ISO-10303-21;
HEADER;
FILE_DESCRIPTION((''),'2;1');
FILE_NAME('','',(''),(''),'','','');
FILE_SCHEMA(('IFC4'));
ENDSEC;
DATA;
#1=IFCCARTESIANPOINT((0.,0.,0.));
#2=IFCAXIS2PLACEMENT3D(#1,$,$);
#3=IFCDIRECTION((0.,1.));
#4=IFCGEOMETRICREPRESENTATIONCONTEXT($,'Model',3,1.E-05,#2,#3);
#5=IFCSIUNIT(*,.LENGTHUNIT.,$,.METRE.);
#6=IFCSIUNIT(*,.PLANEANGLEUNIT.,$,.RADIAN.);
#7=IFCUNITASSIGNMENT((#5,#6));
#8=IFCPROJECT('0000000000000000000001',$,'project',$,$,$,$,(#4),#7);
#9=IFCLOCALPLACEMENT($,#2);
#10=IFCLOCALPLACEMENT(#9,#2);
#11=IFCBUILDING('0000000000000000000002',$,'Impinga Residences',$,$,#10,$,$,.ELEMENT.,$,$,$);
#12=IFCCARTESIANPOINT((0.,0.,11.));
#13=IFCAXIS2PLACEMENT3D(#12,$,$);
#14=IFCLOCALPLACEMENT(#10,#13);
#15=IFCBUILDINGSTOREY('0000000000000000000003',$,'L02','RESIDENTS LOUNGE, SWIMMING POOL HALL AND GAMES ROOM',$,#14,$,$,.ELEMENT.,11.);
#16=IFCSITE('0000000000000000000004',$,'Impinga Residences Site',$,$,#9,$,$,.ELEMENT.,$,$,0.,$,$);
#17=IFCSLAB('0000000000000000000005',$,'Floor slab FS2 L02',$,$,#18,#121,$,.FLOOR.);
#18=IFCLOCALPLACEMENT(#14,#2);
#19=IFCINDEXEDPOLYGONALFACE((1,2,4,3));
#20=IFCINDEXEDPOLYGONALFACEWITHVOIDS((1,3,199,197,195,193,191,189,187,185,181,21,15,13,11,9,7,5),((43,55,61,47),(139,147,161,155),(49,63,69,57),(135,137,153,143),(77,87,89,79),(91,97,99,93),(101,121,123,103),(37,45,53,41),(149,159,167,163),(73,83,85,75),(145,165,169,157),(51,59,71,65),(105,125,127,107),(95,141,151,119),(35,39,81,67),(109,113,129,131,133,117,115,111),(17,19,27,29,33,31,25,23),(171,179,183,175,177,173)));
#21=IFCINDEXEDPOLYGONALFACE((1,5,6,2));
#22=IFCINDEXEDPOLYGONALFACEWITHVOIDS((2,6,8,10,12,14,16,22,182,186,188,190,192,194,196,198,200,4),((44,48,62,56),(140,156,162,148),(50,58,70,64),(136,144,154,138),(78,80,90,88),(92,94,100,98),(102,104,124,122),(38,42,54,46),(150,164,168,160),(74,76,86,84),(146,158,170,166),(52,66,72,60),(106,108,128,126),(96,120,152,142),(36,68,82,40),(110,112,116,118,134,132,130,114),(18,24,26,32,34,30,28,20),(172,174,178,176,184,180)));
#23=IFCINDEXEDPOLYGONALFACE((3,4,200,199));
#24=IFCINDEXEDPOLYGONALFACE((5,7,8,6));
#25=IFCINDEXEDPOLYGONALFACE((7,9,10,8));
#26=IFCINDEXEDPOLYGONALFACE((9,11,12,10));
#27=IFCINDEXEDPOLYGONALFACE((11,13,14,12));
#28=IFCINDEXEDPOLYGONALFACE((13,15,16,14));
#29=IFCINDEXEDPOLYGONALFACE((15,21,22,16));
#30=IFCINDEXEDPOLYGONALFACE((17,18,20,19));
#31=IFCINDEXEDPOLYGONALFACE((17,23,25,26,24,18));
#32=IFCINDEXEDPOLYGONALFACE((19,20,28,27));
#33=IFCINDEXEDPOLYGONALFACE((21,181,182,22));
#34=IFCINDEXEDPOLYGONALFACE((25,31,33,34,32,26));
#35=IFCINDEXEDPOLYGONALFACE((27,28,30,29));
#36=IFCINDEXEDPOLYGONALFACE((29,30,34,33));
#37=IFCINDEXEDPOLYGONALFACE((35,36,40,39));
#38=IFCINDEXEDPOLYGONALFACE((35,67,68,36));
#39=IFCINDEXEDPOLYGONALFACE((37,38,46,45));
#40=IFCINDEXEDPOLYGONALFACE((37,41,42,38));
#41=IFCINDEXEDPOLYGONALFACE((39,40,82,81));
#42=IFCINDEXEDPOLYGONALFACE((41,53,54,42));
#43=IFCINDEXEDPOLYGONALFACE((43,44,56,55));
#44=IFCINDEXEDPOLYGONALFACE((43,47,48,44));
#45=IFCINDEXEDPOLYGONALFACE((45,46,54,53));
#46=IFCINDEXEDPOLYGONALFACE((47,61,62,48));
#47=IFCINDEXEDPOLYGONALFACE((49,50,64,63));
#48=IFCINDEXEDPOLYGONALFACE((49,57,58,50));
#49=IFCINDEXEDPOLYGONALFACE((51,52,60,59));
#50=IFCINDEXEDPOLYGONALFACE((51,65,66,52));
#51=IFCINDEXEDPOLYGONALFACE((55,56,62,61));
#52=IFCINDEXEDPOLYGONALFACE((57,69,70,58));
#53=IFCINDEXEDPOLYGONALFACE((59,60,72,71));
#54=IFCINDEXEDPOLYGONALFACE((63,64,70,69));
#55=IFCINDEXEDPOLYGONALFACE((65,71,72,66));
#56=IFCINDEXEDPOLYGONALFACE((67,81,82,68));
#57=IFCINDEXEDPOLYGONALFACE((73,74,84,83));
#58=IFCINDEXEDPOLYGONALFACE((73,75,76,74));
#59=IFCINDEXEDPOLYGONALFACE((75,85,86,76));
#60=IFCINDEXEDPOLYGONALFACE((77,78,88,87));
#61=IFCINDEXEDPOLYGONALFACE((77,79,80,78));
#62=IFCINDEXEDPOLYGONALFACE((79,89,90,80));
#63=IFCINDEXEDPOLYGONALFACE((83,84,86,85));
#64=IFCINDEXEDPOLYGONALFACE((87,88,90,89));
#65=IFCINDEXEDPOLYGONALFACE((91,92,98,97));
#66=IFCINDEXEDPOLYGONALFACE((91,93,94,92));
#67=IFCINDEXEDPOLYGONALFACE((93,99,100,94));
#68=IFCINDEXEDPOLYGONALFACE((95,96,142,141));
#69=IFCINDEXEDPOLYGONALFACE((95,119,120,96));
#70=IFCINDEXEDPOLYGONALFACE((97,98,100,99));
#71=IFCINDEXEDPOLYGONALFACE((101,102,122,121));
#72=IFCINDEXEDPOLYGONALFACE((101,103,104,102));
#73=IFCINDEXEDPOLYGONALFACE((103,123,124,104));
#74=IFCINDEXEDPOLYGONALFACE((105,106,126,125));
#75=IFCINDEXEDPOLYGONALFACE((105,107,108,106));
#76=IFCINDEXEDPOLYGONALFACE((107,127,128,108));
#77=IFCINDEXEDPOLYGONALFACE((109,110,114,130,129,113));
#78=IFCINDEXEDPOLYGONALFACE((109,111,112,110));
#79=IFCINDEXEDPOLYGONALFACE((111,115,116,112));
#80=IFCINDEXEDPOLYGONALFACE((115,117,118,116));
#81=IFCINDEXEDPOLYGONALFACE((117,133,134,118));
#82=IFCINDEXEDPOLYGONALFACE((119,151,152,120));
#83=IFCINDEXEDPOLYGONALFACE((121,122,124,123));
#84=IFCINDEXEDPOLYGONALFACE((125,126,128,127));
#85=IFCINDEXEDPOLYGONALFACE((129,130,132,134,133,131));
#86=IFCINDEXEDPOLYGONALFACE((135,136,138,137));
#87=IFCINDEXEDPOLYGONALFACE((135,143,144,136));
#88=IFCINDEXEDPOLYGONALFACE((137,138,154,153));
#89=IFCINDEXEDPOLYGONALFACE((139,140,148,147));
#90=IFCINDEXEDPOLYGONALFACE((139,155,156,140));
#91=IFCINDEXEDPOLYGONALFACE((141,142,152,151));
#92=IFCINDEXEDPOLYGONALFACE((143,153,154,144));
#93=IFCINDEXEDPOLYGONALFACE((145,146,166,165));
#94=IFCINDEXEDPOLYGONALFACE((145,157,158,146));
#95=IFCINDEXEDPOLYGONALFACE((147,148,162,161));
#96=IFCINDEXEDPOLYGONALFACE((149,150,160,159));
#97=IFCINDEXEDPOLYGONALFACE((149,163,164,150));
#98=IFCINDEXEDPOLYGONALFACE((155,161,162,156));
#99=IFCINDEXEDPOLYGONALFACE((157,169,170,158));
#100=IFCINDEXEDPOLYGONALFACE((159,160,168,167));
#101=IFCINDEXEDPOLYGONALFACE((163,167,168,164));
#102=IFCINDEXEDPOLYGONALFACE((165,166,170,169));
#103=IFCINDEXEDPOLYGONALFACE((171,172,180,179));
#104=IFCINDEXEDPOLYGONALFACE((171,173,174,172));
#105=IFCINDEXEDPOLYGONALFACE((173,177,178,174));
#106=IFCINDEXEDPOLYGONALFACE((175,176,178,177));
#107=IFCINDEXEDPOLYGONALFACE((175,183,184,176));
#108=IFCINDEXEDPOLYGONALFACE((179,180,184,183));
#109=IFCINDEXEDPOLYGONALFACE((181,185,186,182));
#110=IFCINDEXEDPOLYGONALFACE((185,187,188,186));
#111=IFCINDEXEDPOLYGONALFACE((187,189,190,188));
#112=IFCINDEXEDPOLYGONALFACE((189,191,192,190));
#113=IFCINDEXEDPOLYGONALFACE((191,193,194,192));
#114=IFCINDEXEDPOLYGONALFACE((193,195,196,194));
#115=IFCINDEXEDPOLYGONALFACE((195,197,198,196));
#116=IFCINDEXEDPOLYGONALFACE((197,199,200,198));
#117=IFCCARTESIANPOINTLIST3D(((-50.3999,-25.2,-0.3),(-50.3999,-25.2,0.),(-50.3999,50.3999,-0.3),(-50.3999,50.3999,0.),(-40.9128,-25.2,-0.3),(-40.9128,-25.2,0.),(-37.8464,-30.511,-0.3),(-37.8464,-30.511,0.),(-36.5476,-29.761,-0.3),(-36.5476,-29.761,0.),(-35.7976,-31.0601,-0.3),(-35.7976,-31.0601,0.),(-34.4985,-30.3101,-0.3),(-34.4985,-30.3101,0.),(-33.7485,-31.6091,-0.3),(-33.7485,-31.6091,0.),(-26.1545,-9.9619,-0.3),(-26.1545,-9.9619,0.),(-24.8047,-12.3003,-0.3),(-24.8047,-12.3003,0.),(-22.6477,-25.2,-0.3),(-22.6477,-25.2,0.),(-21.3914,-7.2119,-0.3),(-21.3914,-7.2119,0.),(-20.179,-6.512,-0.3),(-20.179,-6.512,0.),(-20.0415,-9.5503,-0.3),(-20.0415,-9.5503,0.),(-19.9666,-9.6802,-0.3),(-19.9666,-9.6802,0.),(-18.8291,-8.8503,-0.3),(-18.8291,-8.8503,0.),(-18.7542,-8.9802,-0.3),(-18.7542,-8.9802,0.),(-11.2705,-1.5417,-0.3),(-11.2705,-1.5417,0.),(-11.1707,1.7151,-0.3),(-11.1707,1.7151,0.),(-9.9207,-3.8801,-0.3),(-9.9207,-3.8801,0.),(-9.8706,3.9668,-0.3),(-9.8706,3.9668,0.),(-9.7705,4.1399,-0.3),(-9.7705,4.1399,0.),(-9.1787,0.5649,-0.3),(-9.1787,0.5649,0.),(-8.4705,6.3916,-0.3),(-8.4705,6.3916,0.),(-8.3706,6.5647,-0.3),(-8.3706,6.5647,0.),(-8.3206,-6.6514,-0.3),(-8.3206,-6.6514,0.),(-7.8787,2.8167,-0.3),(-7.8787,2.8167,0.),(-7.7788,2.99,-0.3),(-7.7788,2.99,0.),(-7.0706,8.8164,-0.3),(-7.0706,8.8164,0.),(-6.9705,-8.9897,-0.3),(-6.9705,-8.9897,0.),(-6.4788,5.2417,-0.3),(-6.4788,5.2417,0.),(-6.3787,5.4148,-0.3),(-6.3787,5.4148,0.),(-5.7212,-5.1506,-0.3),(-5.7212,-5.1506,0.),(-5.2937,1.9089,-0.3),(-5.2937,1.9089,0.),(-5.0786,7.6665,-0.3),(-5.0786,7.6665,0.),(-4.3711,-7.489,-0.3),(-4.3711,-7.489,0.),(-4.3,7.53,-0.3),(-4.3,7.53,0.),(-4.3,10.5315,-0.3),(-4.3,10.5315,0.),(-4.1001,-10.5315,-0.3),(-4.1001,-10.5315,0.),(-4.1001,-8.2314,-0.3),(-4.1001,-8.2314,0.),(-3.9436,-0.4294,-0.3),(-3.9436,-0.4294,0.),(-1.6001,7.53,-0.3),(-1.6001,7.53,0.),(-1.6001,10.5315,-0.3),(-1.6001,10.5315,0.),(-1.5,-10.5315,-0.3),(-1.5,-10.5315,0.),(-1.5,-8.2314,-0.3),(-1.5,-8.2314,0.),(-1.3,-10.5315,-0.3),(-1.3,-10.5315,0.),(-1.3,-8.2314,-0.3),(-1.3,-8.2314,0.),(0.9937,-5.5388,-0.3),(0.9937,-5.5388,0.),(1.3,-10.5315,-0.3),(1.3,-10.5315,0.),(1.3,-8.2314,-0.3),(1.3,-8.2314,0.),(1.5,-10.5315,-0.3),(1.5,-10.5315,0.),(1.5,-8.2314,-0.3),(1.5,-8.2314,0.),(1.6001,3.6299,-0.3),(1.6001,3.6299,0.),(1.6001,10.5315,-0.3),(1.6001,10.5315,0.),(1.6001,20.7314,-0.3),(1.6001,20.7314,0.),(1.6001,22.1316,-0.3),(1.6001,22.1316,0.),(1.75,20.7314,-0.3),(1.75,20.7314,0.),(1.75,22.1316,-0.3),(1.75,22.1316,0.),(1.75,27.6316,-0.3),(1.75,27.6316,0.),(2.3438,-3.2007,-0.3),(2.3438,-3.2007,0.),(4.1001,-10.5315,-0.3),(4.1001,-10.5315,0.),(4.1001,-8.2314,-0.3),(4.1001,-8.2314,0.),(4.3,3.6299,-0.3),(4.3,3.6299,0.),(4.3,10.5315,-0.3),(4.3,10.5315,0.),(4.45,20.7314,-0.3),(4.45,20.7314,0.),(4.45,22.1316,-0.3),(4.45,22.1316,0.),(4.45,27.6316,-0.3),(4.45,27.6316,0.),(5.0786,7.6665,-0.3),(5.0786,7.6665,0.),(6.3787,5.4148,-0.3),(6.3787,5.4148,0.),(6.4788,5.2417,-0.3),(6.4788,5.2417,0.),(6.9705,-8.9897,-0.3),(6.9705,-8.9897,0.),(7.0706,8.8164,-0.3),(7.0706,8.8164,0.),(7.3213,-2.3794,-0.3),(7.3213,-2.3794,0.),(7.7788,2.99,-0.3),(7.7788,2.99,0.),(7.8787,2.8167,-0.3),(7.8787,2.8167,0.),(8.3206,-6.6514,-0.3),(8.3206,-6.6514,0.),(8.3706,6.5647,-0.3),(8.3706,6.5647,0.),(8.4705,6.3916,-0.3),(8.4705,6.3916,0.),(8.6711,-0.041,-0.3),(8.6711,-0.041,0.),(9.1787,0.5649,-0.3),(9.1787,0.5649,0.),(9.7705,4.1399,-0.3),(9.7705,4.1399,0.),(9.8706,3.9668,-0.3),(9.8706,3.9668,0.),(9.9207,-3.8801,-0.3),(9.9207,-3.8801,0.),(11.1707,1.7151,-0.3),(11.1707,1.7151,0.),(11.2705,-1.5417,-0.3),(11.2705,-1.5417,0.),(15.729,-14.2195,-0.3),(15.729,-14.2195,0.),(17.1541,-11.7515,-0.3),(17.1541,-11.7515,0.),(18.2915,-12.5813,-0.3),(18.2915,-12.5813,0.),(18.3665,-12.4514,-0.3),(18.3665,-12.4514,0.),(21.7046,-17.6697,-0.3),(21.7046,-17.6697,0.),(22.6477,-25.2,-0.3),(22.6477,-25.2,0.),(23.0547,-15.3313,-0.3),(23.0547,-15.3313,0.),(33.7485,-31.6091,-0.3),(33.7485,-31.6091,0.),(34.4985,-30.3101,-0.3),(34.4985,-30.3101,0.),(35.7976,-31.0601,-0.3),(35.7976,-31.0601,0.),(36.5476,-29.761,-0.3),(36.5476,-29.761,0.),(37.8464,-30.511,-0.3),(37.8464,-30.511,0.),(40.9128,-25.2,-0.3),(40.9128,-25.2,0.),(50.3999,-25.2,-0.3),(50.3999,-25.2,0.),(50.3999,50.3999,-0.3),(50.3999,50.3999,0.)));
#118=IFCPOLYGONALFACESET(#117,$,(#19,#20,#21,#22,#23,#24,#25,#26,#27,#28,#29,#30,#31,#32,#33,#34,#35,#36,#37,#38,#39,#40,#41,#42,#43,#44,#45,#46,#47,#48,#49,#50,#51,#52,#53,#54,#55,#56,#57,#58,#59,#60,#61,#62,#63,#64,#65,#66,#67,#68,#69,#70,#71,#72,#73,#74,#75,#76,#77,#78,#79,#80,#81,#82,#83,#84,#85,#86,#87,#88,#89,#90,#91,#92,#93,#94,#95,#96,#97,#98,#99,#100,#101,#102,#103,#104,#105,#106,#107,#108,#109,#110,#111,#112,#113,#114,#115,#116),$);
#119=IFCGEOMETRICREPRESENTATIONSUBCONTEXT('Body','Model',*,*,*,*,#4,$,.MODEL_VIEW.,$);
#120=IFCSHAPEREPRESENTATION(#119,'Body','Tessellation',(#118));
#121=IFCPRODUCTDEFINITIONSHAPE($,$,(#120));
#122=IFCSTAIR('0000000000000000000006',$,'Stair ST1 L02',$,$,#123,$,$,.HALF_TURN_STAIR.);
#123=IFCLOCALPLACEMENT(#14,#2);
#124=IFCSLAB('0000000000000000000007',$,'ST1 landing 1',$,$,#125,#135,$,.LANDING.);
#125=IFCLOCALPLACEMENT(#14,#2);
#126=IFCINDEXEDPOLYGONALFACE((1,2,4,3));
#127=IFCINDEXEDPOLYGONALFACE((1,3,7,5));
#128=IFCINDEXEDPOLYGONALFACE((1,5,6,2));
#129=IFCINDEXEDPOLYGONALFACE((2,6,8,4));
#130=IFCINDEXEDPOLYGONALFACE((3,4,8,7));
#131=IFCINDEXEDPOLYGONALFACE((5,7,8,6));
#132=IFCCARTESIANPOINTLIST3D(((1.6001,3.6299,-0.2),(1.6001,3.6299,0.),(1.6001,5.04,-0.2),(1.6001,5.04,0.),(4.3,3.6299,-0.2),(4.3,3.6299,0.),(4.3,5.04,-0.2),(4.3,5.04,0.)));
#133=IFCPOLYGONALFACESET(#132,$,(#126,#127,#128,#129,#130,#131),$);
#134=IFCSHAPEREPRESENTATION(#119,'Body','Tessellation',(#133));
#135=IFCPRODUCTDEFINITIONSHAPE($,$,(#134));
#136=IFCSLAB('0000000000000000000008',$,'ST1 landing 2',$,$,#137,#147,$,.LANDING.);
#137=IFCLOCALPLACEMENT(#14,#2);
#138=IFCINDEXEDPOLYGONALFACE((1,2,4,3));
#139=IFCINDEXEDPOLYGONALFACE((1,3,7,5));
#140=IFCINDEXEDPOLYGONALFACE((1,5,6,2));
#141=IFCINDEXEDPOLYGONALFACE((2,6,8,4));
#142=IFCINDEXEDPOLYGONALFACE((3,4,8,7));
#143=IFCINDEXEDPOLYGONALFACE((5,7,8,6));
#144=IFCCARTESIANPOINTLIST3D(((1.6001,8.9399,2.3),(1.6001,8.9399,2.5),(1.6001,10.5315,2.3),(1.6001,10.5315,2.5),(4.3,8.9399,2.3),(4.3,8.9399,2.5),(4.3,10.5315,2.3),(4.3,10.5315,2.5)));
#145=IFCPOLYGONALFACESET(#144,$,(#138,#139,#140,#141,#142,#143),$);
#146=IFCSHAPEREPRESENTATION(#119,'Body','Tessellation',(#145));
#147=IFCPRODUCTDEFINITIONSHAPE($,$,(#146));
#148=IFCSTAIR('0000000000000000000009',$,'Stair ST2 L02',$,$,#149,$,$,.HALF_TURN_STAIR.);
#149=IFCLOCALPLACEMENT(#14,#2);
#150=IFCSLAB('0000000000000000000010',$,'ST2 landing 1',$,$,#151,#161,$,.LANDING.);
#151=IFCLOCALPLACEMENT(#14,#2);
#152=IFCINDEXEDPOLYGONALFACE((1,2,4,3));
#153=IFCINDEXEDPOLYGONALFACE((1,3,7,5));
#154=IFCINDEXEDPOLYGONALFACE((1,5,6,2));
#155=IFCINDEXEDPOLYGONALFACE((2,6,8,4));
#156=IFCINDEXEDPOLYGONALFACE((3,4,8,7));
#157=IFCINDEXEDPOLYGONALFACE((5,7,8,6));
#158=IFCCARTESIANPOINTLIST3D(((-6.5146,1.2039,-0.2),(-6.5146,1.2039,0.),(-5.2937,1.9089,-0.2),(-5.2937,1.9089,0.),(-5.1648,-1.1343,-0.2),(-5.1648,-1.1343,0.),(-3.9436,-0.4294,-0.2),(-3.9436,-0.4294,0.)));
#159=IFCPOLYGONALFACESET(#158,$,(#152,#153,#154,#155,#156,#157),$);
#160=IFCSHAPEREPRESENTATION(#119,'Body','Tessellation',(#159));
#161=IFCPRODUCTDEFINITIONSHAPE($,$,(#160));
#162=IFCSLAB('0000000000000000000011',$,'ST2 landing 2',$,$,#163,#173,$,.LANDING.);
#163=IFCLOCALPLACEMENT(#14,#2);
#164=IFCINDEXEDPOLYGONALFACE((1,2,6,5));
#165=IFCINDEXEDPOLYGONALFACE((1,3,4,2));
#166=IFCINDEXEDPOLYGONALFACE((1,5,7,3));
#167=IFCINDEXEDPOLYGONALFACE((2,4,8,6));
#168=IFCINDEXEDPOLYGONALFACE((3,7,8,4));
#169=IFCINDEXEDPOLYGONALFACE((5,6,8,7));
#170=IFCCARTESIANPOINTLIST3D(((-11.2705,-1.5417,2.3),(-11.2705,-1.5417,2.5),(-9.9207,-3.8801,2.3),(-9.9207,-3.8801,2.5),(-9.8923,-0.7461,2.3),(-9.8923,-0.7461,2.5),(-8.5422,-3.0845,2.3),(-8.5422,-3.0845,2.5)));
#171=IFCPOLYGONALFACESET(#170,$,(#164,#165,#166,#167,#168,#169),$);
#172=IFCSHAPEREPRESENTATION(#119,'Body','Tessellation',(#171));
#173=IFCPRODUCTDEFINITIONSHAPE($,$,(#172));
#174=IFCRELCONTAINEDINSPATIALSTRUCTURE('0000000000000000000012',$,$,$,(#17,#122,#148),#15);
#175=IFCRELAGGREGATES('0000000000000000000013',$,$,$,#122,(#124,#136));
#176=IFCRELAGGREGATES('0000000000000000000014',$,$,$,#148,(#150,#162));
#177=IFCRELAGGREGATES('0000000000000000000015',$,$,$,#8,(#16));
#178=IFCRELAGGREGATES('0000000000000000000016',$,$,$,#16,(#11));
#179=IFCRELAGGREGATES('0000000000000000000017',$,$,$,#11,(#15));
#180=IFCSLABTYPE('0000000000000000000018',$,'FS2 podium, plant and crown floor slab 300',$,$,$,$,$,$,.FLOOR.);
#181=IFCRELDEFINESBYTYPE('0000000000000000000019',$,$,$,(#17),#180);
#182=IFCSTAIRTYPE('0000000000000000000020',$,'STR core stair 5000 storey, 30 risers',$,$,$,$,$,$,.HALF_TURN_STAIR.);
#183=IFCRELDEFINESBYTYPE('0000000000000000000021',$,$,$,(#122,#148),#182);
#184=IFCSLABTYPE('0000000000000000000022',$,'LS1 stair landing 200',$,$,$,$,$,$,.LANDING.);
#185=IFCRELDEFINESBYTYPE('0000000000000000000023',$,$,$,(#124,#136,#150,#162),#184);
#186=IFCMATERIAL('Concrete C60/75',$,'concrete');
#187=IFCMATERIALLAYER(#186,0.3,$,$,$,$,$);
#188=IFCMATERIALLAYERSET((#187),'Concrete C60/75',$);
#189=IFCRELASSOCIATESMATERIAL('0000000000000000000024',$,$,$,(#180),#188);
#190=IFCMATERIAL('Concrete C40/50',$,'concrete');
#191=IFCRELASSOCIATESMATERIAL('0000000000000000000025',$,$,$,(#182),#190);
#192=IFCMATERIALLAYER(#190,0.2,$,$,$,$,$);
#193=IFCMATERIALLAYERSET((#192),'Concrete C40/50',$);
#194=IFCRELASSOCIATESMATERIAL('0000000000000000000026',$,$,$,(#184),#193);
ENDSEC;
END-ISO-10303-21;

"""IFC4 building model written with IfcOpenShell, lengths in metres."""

from ifc_helpers import new_model, si_unit, direction, frame, origin, place, context, subcontext, project, spatial, polyline, outline, extrude, material, layer, layer_set, type_object, element, aggregate, save


model = new_model("IFC4")

# Units and contexts
model_context = context("Model", 3, precision=1e-05, world=origin(), true_north=direction((0.0, 1.0)))
body_context = subcontext(model_context, "Body", "Model", "MODEL_VIEW")
ifc_project = project(units=[si_unit("LENGTHUNIT", "METRE"), si_unit("PLANEANGLEUNIT", "RADIAN")], contexts=[model_context])

# Site, building, storey
site_placement = place(None, origin())
site = spatial("IfcSite", under=ifc_project, at=site_placement, Name="Impinga Residences Site", CompositionType="ELEMENT", RefElevation=0.0)
building_placement = place(site_placement, origin())
building = spatial("IfcBuilding", under=site, at=building_placement, Name="Impinga Residences", CompositionType="ELEMENT")
storey_placement = place(building_placement, frame((0.0, 0.0, 11.0)))
storey = spatial("IfcBuildingStorey", under=building, at=storey_placement, Name="L02", Description="RESIDENTS LOUNGE, SWIMMING POOL HALL AND GAMES ROOM", CompositionType="ELEMENT", Elevation=11.0)

# Slab
ifc_material_1 = material(Name="Concrete C60/75", Category="concrete")
ifc_layer_1 = layer(ifc_material_1, 0.3)
ifc_layer_set_1 = layer_set([ifc_layer_1], Name="Concrete C60/75")
slab_type_1 = type_object("IfcSlabType", Name="FS2 podium, plant and crown floor slab 300", PredefinedType="FLOOR", material=ifc_layer_set_1)
slab_1_placement = place(storey_placement, frame((0.0, 0.0, -0.3)))
element("IfcSlab", 1, at=slab_1_placement, inside=storey, type_object=slab_type_1, Name="Floor slab FS2 L02", PredefinedType="FLOOR", context=body_context, shape_type="SweptSolid", body=[
    extrude(outline(polyline([(-35.7976, -31.0601), (-36.5476, -29.761), (-37.8464, -30.511), (-40.9128, -25.2), (-50.3999, -25.2), (-50.3999, 50.3999), (50.3999, 50.3999), (50.3999, -25.2), (40.9128, -25.2), (37.8464, -30.511), (36.5476, -29.761), (35.7976, -31.0601), (34.4985, -30.3101), (33.7485, -31.6091), (22.6477, -25.2), (-22.6477, -25.2), (-33.7485, -31.6091), (-34.4985, -30.3101), (-35.7976, -31.0601)]), holes=[polyline([(-21.3914, -7.2119), (-26.1545, -9.9619), (-24.8047, -12.3003), (-20.0415, -9.5503), (-19.9666, -9.6802), (-18.7542, -8.9802), (-18.8291, -8.8503), (-18.8291, -8.8503), (-20.179, -6.512), (-21.3914, -7.2119), (-21.3914, -7.2119)]), polyline([(-1.5, -8.2314), (-4.1001, -8.2314), (-4.1001, -10.5315), (-1.5, -10.5315), (-1.5, -8.2314)]), polyline([(1.3, -8.2314), (-1.3, -8.2314), (-1.3, -10.5315), (1.3, -10.5315), (1.3, -8.2314)]), polyline([(1.5, -8.2314), (1.5, -10.5315), (4.1001, -10.5315), (4.1001, -8.2314), (1.5, -8.2314)]), polyline([(-5.7212, -5.1506), (-8.3206, -6.6514), (-6.9705, -8.9897), (-4.3711, -7.489), (-5.7212, -5.1506)]), polyline([(-3.9436, -0.4294), (-5.2937, 1.9089), (-11.2705, -1.5417), (-9.9207, -3.8801), (-3.9436, -0.4294)]), polyline([(-9.1787, 0.5649), (-7.8787, 2.8167), (-9.8706, 3.9668), (-11.1707, 1.7151), (-9.1787, 0.5649)]), polyline([(-6.4788, 5.2417), (-8.4705, 6.3916), (-9.7705, 4.1399), (-7.7788, 2.99), (-6.4788, 5.2417)]), polyline([(-6.3787, 5.4148), (-5.0786, 7.6665), (-7.0706, 8.8164), (-8.3706, 6.5647), (-6.3787, 5.4148)]), polyline([(-4.3, 7.53), (-1.6001, 7.53), (-1.6001, 10.5315), (-4.3, 10.5315), (-4.3, 7.53)]), polyline([(15.729, -14.2195), (21.7046, -17.6697), (23.0547, -15.3313), (18.2915, -12.5813), (18.3665, -12.4514), (17.1541, -11.7515), (15.729, -14.2195)]), polyline([(0.9937, -5.5388), (6.9705, -8.9897), (8.3206, -6.6514), (2.3438, -3.2007), (0.9937, -5.5388)]), polyline([(8.6711, -0.041), (7.3213, -2.3794), (9.9207, -3.8801), (11.2705, -1.5417), (8.6711, -0.041)]), polyline([(7.8787, 2.8167), (9.1787, 0.5649), (11.1707, 1.7151), (9.8706, 3.9668), (7.8787, 2.8167)]), polyline([(7.7788, 2.99), (9.7705, 4.1399), (8.4705, 6.3916), (6.4788, 5.2417), (7.7788, 2.99)]), polyline([(1.6001, 3.6299), (4.3, 3.6299), (4.3, 10.5315), (1.6001, 10.5315), (1.6001, 3.6299)]), polyline([(5.0786, 7.6665), (6.3787, 5.4148), (8.3706, 6.5647), (7.0706, 8.8164), (5.0786, 7.6665)]), polyline([(1.75, 22.1316), (1.6001, 22.1316), (1.6001, 20.7314), (1.75, 20.7314), (4.45, 20.7314), (4.45, 22.1316), (4.45, 27.6316), (1.75, 27.6316), (1.75, 22.1316)])]), origin(), (0.0, 0.0, 1.0), 0.3),
])

# Stairs, slabs
ifc_material_2 = material(Name="Concrete C40/50", Category="concrete")
stair_type = type_object("IfcStairType", Name="STR core stair 5000 storey, 30 risers", PredefinedType="HALF_TURN_STAIR", material=ifc_material_2)
stair_1_placement = place(storey_placement, origin())
stair_1 = element("IfcStair", 2, at=stair_1_placement, inside=storey, type_object=stair_type, Name="Stair ST1 L02", PredefinedType="HALF_TURN_STAIR")
ifc_layer_2 = layer(ifc_material_2, 0.2)
ifc_layer_set_2 = layer_set([ifc_layer_2], Name="Concrete C40/50")
slab_type_2 = type_object("IfcSlabType", Name="LS1 stair landing 200", PredefinedType="LANDING", material=ifc_layer_set_2)
slab_2_placement = place(storey_placement, frame((0.0, 0.0, -0.2)))
slab_2 = element("IfcSlab", 3, at=slab_2_placement, type_object=slab_type_2, Name="ST1 landing 1", PredefinedType="LANDING", context=body_context, shape_type="SweptSolid", body=[
    extrude(outline(polyline([(1.6001, 3.6299), (4.3, 3.6299), (4.3, 5.04), (1.6001, 5.04), (1.6001, 3.6299)])), origin(), (0.0, 0.0, 1.0), 0.2),
])
slab_3_placement = place(storey_placement, frame((0.0, 0.0, 2.3)))
slab_3 = element("IfcSlab", 4, at=slab_3_placement, type_object=slab_type_2, Name="ST1 landing 2", PredefinedType="LANDING", context=body_context, shape_type="SweptSolid", body=[
    extrude(outline(polyline([(1.6001, 8.9399), (4.3, 8.9399), (4.3, 10.5315), (1.6001, 10.5315), (1.6001, 8.9399)])), origin(), (0.0, 0.0, 1.0), 0.2),
])
aggregate(stair_1, [slab_2, slab_3])
stair_2_placement = place(storey_placement, origin())
stair_2 = element("IfcStair", 5, at=stair_2_placement, inside=storey, type_object=stair_type, Name="Stair ST2 L02", PredefinedType="HALF_TURN_STAIR")
slab_4_placement = place(storey_placement, frame((0.0, 0.0, -0.2)))
slab_4 = element("IfcSlab", 6, at=slab_4_placement, type_object=slab_type_2, Name="ST2 landing 1", PredefinedType="LANDING", context=body_context, shape_type="SweptSolid", body=[
    extrude(outline(polyline([(-3.9436, -0.4294), (-5.2937, 1.9089), (-6.5146, 1.2039), (-5.1648, -1.1343), (-3.9436, -0.4294)])), origin(), (0.0, 0.0, 1.0), 0.2),
])
slab_5_placement = place(storey_placement, frame((0.0, 0.0, 2.3)))
slab_5 = element("IfcSlab", 7, at=slab_5_placement, type_object=slab_type_2, Name="ST2 landing 2", PredefinedType="LANDING", context=body_context, shape_type="SweptSolid", body=[
    extrude(outline(polyline([(-8.5422, -3.0845), (-9.8923, -0.7461), (-11.2705, -1.5417), (-9.9207, -3.8801), (-8.5422, -3.0845)])), origin(), (0.0, 0.0, 1.0), 0.2),
])
aggregate(stair_2, [slab_4, slab_5])

save(model, "model.ifc")
